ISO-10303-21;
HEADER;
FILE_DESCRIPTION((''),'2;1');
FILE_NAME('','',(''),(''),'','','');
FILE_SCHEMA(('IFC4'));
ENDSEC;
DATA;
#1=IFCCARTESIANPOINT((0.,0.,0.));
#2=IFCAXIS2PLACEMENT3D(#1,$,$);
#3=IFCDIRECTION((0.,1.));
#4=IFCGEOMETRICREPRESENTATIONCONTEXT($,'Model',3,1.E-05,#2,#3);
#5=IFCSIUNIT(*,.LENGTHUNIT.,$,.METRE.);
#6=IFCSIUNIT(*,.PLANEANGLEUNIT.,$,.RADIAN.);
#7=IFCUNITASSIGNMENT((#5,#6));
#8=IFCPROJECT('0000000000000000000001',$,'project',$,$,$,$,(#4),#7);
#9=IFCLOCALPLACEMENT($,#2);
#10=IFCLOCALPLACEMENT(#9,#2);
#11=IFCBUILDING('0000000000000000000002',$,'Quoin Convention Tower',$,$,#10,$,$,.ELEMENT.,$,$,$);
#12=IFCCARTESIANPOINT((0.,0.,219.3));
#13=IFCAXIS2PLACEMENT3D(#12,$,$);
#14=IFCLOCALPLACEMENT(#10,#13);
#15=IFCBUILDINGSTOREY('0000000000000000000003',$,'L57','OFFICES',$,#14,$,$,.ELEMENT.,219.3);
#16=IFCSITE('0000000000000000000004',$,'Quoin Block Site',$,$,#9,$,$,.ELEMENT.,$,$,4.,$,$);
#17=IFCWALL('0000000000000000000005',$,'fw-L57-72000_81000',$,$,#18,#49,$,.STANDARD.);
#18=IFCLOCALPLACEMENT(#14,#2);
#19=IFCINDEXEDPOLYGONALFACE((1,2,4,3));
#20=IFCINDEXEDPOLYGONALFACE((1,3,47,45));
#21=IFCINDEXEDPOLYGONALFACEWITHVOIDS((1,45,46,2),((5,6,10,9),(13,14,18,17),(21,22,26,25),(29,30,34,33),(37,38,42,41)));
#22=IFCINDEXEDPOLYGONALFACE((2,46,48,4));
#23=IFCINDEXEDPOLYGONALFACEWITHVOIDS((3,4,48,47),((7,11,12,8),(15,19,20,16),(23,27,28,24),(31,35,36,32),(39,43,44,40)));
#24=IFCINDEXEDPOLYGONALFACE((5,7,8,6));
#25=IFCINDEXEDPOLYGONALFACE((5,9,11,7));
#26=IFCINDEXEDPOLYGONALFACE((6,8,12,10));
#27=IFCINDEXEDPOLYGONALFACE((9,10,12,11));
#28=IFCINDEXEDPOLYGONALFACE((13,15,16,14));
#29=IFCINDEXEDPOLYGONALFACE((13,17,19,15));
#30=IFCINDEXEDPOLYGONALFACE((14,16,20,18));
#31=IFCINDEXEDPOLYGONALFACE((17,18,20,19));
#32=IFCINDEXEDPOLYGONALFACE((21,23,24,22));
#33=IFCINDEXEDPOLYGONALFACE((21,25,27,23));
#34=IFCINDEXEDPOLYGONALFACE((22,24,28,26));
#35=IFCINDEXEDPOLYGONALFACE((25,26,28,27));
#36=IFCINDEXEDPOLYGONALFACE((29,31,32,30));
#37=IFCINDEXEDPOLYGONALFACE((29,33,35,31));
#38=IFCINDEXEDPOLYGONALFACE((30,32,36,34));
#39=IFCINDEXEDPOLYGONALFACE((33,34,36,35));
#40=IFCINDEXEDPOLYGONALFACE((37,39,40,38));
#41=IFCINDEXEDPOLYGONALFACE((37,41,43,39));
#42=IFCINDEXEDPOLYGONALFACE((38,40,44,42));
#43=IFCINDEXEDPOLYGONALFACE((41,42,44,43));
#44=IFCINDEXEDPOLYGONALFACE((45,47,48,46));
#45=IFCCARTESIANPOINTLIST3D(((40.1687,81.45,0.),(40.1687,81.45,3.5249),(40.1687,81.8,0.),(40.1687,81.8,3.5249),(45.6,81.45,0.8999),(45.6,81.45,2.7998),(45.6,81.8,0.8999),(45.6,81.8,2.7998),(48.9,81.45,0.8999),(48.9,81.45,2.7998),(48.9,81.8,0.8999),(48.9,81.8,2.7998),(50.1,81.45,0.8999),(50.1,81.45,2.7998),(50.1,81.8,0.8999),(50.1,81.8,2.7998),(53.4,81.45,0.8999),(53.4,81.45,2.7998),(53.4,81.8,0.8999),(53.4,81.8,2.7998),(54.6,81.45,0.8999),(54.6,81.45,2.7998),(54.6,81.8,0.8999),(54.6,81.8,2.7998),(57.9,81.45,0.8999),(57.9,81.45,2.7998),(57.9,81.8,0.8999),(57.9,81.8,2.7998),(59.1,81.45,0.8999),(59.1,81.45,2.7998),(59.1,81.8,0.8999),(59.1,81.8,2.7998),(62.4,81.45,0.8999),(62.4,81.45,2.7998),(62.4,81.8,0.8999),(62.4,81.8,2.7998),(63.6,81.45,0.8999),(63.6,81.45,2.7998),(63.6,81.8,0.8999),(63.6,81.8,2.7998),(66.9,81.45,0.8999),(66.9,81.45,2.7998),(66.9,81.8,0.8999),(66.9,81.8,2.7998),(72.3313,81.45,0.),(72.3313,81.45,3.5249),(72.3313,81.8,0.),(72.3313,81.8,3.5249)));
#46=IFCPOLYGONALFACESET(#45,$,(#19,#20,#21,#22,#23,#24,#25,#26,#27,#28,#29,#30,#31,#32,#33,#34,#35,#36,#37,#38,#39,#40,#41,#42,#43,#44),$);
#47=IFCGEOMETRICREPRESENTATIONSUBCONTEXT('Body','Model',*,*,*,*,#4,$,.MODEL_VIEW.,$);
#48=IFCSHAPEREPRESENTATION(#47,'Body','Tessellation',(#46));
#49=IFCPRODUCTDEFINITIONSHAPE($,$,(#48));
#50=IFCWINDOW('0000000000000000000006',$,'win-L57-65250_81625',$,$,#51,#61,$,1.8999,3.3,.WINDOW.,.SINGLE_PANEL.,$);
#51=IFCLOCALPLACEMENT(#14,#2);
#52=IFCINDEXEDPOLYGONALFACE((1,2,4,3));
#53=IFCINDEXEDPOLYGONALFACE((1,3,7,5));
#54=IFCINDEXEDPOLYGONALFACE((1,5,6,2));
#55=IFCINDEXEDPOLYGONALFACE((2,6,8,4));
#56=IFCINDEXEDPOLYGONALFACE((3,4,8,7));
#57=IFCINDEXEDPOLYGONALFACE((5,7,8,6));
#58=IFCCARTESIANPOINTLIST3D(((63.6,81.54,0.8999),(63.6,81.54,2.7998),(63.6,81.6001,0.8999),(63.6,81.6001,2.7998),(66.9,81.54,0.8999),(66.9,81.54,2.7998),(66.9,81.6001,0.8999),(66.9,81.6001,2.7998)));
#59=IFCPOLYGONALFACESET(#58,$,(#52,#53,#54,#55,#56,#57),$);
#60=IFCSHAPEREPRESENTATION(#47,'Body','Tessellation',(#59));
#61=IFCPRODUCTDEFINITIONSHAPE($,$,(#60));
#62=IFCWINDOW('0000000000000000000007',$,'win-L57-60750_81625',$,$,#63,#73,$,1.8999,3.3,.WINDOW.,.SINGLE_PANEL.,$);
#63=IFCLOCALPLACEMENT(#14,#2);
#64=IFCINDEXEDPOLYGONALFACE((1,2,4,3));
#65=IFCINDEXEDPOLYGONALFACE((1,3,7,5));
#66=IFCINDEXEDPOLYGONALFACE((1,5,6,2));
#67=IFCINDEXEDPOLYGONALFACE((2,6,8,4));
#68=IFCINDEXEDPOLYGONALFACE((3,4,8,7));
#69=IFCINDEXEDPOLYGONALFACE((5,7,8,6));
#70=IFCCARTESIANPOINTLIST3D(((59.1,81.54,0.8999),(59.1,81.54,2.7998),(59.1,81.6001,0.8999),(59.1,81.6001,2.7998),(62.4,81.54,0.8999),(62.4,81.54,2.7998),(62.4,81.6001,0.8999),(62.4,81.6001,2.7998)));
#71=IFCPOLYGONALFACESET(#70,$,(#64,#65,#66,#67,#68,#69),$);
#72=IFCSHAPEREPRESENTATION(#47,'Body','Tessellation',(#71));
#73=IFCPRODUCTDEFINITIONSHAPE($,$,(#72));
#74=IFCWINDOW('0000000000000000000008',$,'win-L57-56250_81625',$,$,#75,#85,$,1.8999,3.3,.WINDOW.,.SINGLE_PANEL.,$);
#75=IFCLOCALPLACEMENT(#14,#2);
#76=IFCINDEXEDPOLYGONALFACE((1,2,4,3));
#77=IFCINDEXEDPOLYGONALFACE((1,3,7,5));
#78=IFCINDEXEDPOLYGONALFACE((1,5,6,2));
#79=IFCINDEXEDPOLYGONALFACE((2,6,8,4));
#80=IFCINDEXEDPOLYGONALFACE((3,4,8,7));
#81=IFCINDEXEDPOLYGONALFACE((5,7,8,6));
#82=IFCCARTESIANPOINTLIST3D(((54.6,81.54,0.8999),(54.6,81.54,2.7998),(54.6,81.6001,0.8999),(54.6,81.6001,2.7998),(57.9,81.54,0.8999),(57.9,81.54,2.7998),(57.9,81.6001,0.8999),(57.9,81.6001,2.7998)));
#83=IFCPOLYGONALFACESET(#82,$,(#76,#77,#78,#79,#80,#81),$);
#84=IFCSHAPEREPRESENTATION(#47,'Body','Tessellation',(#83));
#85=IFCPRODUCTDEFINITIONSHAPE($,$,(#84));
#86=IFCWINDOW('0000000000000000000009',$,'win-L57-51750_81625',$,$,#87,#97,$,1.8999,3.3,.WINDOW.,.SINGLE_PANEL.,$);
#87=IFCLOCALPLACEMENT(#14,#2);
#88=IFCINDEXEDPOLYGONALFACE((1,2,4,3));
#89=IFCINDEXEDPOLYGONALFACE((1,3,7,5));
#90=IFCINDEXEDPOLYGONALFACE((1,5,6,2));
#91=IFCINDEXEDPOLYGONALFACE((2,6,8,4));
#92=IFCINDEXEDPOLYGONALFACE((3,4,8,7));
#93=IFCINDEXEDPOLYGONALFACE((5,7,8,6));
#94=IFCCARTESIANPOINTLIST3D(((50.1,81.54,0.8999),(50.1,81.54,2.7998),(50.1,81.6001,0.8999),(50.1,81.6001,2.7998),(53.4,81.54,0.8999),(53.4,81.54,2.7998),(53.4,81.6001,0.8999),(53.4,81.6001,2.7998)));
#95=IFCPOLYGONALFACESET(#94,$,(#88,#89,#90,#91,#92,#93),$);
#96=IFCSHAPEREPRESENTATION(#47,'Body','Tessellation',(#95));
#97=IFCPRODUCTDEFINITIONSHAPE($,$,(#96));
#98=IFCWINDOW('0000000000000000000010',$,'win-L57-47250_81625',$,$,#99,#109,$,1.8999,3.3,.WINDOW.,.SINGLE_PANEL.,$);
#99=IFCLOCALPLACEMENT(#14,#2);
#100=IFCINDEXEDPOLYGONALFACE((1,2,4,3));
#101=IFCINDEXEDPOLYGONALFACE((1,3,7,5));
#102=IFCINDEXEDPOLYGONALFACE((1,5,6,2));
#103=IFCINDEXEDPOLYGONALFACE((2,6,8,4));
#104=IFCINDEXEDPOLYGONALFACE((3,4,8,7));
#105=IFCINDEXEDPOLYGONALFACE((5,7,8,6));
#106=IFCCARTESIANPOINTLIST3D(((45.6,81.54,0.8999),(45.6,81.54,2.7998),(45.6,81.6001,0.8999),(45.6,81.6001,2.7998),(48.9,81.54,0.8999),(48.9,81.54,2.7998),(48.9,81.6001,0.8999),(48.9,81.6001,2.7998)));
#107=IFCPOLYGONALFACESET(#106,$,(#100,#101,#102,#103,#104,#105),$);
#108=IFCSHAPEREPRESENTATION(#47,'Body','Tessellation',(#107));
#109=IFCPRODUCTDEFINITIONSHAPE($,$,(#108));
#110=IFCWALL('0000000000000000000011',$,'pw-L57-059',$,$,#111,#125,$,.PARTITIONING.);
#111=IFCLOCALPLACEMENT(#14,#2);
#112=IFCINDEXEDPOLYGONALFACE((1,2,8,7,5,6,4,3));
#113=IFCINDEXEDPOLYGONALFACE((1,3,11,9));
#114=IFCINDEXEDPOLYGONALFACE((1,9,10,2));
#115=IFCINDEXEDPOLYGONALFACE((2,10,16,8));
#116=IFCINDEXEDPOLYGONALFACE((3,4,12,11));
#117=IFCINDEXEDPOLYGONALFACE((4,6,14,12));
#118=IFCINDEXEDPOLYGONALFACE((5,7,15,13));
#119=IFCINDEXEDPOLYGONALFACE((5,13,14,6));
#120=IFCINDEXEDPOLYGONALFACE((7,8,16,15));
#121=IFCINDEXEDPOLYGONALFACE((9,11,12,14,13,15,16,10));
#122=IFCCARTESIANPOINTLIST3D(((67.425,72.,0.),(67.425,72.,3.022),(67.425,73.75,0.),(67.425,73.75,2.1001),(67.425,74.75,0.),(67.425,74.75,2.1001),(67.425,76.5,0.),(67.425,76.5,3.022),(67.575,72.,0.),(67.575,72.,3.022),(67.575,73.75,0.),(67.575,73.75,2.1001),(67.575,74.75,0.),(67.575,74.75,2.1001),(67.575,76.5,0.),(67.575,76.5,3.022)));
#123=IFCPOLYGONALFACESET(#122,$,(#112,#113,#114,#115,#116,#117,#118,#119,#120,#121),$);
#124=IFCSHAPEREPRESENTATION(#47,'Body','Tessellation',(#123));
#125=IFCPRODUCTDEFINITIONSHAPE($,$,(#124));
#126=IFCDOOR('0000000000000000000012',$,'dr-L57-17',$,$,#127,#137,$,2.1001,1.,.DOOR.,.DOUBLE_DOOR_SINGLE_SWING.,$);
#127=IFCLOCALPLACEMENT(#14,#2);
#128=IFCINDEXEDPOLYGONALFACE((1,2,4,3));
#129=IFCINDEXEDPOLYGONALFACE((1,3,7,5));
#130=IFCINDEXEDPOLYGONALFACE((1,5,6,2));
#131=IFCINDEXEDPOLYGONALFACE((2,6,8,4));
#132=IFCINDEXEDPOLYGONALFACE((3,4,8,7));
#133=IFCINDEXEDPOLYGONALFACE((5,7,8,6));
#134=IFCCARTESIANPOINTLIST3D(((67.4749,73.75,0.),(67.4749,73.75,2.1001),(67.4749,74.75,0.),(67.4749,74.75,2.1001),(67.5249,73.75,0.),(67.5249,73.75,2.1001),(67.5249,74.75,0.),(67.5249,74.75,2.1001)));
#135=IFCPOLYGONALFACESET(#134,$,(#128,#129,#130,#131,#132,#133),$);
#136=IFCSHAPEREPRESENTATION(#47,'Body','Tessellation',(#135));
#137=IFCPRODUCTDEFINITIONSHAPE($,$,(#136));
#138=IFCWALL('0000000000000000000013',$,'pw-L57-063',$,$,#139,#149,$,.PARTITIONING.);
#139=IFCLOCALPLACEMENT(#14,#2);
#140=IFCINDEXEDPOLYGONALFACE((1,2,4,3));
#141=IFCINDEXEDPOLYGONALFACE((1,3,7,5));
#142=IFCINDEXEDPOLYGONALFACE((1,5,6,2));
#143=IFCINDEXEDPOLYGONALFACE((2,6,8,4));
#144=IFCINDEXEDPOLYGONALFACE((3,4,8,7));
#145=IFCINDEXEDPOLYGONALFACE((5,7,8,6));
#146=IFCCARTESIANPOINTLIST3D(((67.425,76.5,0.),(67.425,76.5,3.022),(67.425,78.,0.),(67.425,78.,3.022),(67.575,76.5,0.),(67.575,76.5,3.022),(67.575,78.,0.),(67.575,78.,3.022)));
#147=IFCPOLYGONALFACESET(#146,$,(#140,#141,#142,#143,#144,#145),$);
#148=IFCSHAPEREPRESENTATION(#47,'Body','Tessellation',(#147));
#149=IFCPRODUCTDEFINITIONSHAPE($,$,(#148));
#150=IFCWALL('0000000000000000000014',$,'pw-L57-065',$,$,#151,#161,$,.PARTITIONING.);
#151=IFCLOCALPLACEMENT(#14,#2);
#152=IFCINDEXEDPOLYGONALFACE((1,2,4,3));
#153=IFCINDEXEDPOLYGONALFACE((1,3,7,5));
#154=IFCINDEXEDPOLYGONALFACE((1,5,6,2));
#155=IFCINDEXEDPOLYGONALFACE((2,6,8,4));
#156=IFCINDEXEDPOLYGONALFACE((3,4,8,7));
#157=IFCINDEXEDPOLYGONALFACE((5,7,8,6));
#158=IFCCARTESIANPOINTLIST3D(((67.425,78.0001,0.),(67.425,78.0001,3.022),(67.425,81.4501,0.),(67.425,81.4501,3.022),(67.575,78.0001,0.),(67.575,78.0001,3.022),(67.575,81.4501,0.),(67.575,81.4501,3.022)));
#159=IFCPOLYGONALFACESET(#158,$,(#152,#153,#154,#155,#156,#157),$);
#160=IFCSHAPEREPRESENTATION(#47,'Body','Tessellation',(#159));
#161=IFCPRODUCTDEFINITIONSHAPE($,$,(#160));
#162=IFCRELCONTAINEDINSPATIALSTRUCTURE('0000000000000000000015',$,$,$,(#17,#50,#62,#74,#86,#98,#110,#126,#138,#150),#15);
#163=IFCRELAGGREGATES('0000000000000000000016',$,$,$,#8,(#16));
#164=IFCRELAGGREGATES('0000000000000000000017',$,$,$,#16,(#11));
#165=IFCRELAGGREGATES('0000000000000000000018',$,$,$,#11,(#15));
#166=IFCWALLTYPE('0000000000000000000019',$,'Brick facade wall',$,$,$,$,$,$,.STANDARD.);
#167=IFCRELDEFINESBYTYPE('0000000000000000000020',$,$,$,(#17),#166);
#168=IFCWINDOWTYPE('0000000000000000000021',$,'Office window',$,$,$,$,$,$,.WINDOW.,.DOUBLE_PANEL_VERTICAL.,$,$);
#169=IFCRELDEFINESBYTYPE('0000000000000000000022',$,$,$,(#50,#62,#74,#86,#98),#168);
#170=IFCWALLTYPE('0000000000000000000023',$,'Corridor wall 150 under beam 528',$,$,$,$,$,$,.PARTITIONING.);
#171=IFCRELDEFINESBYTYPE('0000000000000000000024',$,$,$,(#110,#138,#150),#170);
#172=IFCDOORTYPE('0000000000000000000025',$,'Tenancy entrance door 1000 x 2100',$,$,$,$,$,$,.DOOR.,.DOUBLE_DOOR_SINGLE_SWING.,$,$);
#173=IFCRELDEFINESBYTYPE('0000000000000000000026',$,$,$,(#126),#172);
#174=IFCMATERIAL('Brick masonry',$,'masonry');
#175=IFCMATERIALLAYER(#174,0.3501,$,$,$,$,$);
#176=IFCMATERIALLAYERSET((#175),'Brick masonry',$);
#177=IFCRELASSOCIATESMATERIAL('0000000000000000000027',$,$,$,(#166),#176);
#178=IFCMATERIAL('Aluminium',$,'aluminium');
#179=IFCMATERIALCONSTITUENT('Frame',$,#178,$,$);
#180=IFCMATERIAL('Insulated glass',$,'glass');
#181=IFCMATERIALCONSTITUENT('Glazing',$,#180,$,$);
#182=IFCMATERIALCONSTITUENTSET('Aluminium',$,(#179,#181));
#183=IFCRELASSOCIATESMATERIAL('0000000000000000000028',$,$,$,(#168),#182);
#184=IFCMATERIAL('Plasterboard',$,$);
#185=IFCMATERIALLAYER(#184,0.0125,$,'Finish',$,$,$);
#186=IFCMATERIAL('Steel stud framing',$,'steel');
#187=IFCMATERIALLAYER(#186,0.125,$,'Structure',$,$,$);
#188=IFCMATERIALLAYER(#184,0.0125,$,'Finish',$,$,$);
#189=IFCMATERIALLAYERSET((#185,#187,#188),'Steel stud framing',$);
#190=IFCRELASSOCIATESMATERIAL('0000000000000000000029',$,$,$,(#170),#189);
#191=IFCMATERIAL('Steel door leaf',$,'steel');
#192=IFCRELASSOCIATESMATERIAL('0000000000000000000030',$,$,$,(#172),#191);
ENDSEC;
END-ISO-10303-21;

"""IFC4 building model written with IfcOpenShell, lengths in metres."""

from ifc_helpers import new_model, si_unit, direction, frame, frame_2d, origin, place, context, subcontext, project, spatial, rectangle, extrude, material, layer, layer_set, constituent, constituent_set, type_object, element, fill, save


model = new_model("IFC4")

# Units and contexts
model_context = context("Model", 3, precision=1e-05, world=origin(), true_north=direction((0.0, 1.0)))
body_context = subcontext(model_context, "Body", "Model", "MODEL_VIEW")
ifc_project = project(units=[si_unit("LENGTHUNIT", "METRE"), si_unit("PLANEANGLEUNIT", "RADIAN")], contexts=[model_context])

# Site, building, storey
site_placement = place(None, origin())
site = spatial("IfcSite", under=ifc_project, at=site_placement, Name="Quoin Block Site", CompositionType="ELEMENT", RefElevation=4.0)
building_placement = place(site_placement, origin())
building = spatial("IfcBuilding", under=site, at=building_placement, Name="Quoin Convention Tower", CompositionType="ELEMENT")
storey_placement = place(building_placement, frame((0.0, 0.0, 219.3)))
storey = spatial("IfcBuildingStorey", under=building, at=storey_placement, Name="L57", Description="OFFICES", CompositionType="ELEMENT", Elevation=219.3)

# Shared definitions
ifc_material_1 = material(Name="Brick masonry", Category="masonry")
ifc_layer_1 = layer(ifc_material_1, 0.3501)
ifc_layer_set_1 = layer_set([ifc_layer_1], Name="Brick masonry")
wall_type_1 = type_object("IfcWallType", Name="Brick facade wall", PredefinedType="STANDARD", material=ifc_layer_set_1)
ifc_material_2 = material(Name="Aluminium", Category="aluminium")
ifc_constituent_1 = constituent(ifc_material_2, Name="Frame")
ifc_material_3 = material(Name="Insulated glass", Category="glass")
ifc_constituent_2 = constituent(ifc_material_3, Name="Glazing")
ifc_constituent_set = constituent_set(constituents=[ifc_constituent_1, ifc_constituent_2], Name="Aluminium")
window_type = type_object("IfcWindowType", Name="Office window", PartitioningType="DOUBLE_PANEL_VERTICAL", PredefinedType="WINDOW", material=ifc_constituent_set)

# Wall, openings, windows
wall_1_placement = place(storey_placement, frame((72.3313, 81.625, 0.0), z_axis=(0.0, 0.0, 1.0), x_axis=(-1.0, 0.0, 0.0)))
wall_1 = element("IfcWall", 1, at=wall_1_placement, inside=storey, type_object=wall_type_1, Name="fw-L57-72000_81000", PredefinedType="STANDARD", context=body_context, shape_type="SweptSolid", body=[
    extrude(rectangle(XDim=32.1626, YDim=0.3501, at=frame_2d((16.0813, 0.0))), origin(), (0.0, 0.0, 1.0), 3.5249),
])
opening_1_placement = place(wall_1_placement, frame((5.4314, 0.0, 0.8999)))
opening_1 = element("IfcOpeningElement", 2, at=opening_1_placement, cuts=wall_1, PredefinedType="OPENING", context=body_context, shape_type="SweptSolid", body=[
    extrude(rectangle(XDim=3.3, YDim=1.8999, at=frame_2d((1.6499, 0.95))), frame((0.0, 0.1851, 0.0), z_axis=(0.0, -1.0, 0.0), x_axis=(1.0, 0.0, 0.0)), (0.0, 0.0, 1.0), 0.3701),
])
opening_2_placement = place(wall_1_placement, frame((9.9314, 0.0, 0.8999)))
opening_2 = element("IfcOpeningElement", 3, at=opening_2_placement, cuts=wall_1, PredefinedType="OPENING", context=body_context, shape_type="SweptSolid", body=[
    extrude(rectangle(XDim=3.3, YDim=1.8999, at=frame_2d((1.6499, 0.95))), frame((0.0, 0.1851, 0.0), z_axis=(0.0, -1.0, 0.0), x_axis=(1.0, 0.0, 0.0)), (0.0, 0.0, 1.0), 0.3701),
])
opening_3_placement = place(wall_1_placement, frame((14.4314, 0.0, 0.8999)))
opening_3 = element("IfcOpeningElement", 4, at=opening_3_placement, cuts=wall_1, PredefinedType="OPENING", context=body_context, shape_type="SweptSolid", body=[
    extrude(rectangle(XDim=3.3, YDim=1.8999, at=frame_2d((1.6499, 0.95))), frame((0.0, 0.1851, 0.0), z_axis=(0.0, -1.0, 0.0), x_axis=(1.0, 0.0, 0.0)), (0.0, 0.0, 1.0), 0.3701),
])
opening_4_placement = place(wall_1_placement, frame((18.9314, 0.0, 0.8999)))
opening_4 = element("IfcOpeningElement", 5, at=opening_4_placement, cuts=wall_1, PredefinedType="OPENING", context=body_context, shape_type="SweptSolid", body=[
    extrude(rectangle(XDim=3.3, YDim=1.8999, at=frame_2d((1.6499, 0.95))), frame((0.0, 0.1851, 0.0), z_axis=(0.0, -1.0, 0.0), x_axis=(1.0, 0.0, 0.0)), (0.0, 0.0, 1.0), 0.3701),
])
opening_5_placement = place(wall_1_placement, frame((23.4314, 0.0, 0.8999)))
opening_5 = element("IfcOpeningElement", 6, at=opening_5_placement, cuts=wall_1, PredefinedType="OPENING", context=body_context, shape_type="SweptSolid", body=[
    extrude(rectangle(XDim=3.3, YDim=1.8999, at=frame_2d((1.6499, 0.95))), frame((0.0, 0.1851, 0.0), z_axis=(0.0, -1.0, 0.0), x_axis=(1.0, 0.0, 0.0)), (0.0, 0.0, 1.0), 0.3701),
])
window_1_placement = place(opening_1_placement, origin())
window_1 = element("IfcWindow", 7, at=window_1_placement, inside=storey, type_object=window_type, Name="win-L57-65250_81625", OverallHeight=1.8999, OverallWidth=3.3, PartitioningType="SINGLE_PANEL", PredefinedType="WINDOW", context=body_context, shape_type="SweptSolid", body=[
    extrude(rectangle(XDim=3.3, YDim=1.8999, at=frame_2d((1.6499, 0.95))), frame((0.0, 0.085, 0.0), z_axis=(0.0, -1.0, 0.0), x_axis=(1.0, 0.0, 0.0)), (0.0, 0.0, 1.0), 0.0601),
])
fill(opening_1, window_1)
window_2_placement = place(opening_2_placement, origin())
window_2 = element("IfcWindow", 8, at=window_2_placement, inside=storey, type_object=window_type, Name="win-L57-60750_81625", OverallHeight=1.8999, OverallWidth=3.3, PartitioningType="SINGLE_PANEL", PredefinedType="WINDOW", context=body_context, shape_type="SweptSolid", body=[
    extrude(rectangle(XDim=3.3, YDim=1.8999, at=frame_2d((1.6499, 0.95))), frame((0.0, 0.085, 0.0), z_axis=(0.0, -1.0, 0.0), x_axis=(1.0, 0.0, 0.0)), (0.0, 0.0, 1.0), 0.0601),
])
fill(opening_2, window_2)
window_3_placement = place(opening_3_placement, origin())
window_3 = element("IfcWindow", 9, at=window_3_placement, inside=storey, type_object=window_type, Name="win-L57-56250_81625", OverallHeight=1.8999, OverallWidth=3.3, PartitioningType="SINGLE_PANEL", PredefinedType="WINDOW", context=body_context, shape_type="SweptSolid", body=[
    extrude(rectangle(XDim=3.3, YDim=1.8999, at=frame_2d((1.6499, 0.95))), frame((0.0, 0.085, 0.0), z_axis=(0.0, -1.0, 0.0), x_axis=(1.0, 0.0, 0.0)), (0.0, 0.0, 1.0), 0.0601),
])
fill(opening_3, window_3)
window_4_placement = place(opening_4_placement, origin())
window_4 = element("IfcWindow", 10, at=window_4_placement, inside=storey, type_object=window_type, Name="win-L57-51750_81625", OverallHeight=1.8999, OverallWidth=3.3, PartitioningType="SINGLE_PANEL", PredefinedType="WINDOW", context=body_context, shape_type="SweptSolid", body=[
    extrude(rectangle(XDim=3.3, YDim=1.8999, at=frame_2d((1.6499, 0.95))), frame((0.0, 0.085, 0.0), z_axis=(0.0, -1.0, 0.0), x_axis=(1.0, 0.0, 0.0)), (0.0, 0.0, 1.0), 0.0601),
])
fill(opening_4, window_4)
window_5_placement = place(opening_5_placement, origin())
window_5 = element("IfcWindow", 11, at=window_5_placement, inside=storey, type_object=window_type, Name="win-L57-47250_81625", OverallHeight=1.8999, OverallWidth=3.3, PartitioningType="SINGLE_PANEL", PredefinedType="WINDOW", context=body_context, shape_type="SweptSolid", body=[
    extrude(rectangle(XDim=3.3, YDim=1.8999, at=frame_2d((1.6499, 0.95))), frame((0.0, 0.085, 0.0), z_axis=(0.0, -1.0, 0.0), x_axis=(1.0, 0.0, 0.0)), (0.0, 0.0, 1.0), 0.0601),
])
fill(opening_5, window_5)

# Wall, opening, door
ifc_material_4 = material(Name="Plasterboard")
ifc_layer_2 = layer(ifc_material_4, 0.0125, Name="Finish")
ifc_material_5 = material(Name="Steel stud framing", Category="steel")
ifc_layer_3 = layer(ifc_material_5, 0.125, Name="Structure")
ifc_layer_4 = layer(ifc_material_4, 0.0125, Name="Finish")
ifc_layer_set_2 = layer_set([ifc_layer_2, ifc_layer_3, ifc_layer_4], Name="Steel stud framing")
wall_type_2 = type_object("IfcWallType", Name="Corridor wall 150 under beam 528", PredefinedType="PARTITIONING", material=ifc_layer_set_2)
wall_2_placement = place(storey_placement, frame((67.5, 72.0, 0.0), z_axis=(0.0, 0.0, 1.0), x_axis=(0.0, 1.0, 0.0)))
wall_2 = element("IfcWall", 12, at=wall_2_placement, inside=storey, type_object=wall_type_2, Name="pw-L57-059", PredefinedType="PARTITIONING", context=body_context, shape_type="SweptSolid", body=[
    extrude(rectangle(XDim=4.5, YDim=0.1499, at=frame_2d((2.25, 0.0))), origin(), (0.0, 0.0, 1.0), 3.022),
])
opening_6_placement = place(wall_2_placement, frame((1.75, 0.0, 0.0)))
opening_6 = element("IfcOpeningElement", 13, at=opening_6_placement, cuts=wall_2, PredefinedType="OPENING", context=body_context, shape_type="SweptSolid", body=[
    extrude(rectangle(XDim=1.0, YDim=2.1001, at=frame_2d((0.5, 1.05))), frame((0.0, 0.085, 0.0), z_axis=(0.0, -1.0, 0.0), x_axis=(1.0, 0.0, 0.0)), (0.0, 0.0, 1.0), 0.1699),
])
ifc_material_6 = material(Name="Steel door leaf", Category="steel")
door_type = type_object("IfcDoorType", Name="Tenancy entrance door 1000 x 2100", OperationType="DOUBLE_DOOR_SINGLE_SWING", PredefinedType="DOOR", material=ifc_material_6)
door_placement = place(opening_6_placement, frame((1.0, 0.0, 0.0), z_axis=(0.0, 0.0, 1.0), x_axis=(-1.0, 0.0, 0.0)))
door = element("IfcDoor", 14, at=door_placement, inside=storey, type_object=door_type, Name="dr-L57-17", OperationType="DOUBLE_DOOR_SINGLE_SWING", OverallHeight=2.1001, OverallWidth=1.0, PredefinedType="DOOR", context=body_context, shape_type="SweptSolid", body=[
    extrude(rectangle(XDim=1.0, YDim=2.1001, at=frame_2d((0.5, 1.05))), frame((0.0, 0.0249, 0.0), z_axis=(0.0, -1.0, 0.0), x_axis=(1.0, 0.0, 0.0)), (0.0, 0.0, 1.0), 0.05),
])
fill(opening_6, door)

# Walls
wall_3_placement = place(storey_placement, frame((67.5, 76.5, 0.0), z_axis=(0.0, 0.0, 1.0), x_axis=(0.0, 1.0, 0.0)))
element("IfcWall", 15, at=wall_3_placement, inside=storey, type_object=wall_type_2, Name="pw-L57-063", PredefinedType="PARTITIONING", context=body_context, shape_type="SweptSolid", body=[
    extrude(rectangle(XDim=1.5, YDim=0.1499, at=frame_2d((0.75, 0.0))), origin(), (0.0, 0.0, 1.0), 3.022),
])
wall_4_placement = place(storey_placement, frame((67.5, 78.0, 0.0), z_axis=(0.0, 0.0, 1.0), x_axis=(0.0, 1.0, 0.0)))
element("IfcWall", 16, at=wall_4_placement, inside=storey, type_object=wall_type_2, Name="pw-L57-065", PredefinedType="PARTITIONING", context=body_context, shape_type="SweptSolid", body=[
    extrude(rectangle(XDim=3.45, YDim=0.1499, at=frame_2d((1.7251, 0.0))), origin(), (0.0, 0.0, 1.0), 3.022),
])

save(model, "model.ifc")
